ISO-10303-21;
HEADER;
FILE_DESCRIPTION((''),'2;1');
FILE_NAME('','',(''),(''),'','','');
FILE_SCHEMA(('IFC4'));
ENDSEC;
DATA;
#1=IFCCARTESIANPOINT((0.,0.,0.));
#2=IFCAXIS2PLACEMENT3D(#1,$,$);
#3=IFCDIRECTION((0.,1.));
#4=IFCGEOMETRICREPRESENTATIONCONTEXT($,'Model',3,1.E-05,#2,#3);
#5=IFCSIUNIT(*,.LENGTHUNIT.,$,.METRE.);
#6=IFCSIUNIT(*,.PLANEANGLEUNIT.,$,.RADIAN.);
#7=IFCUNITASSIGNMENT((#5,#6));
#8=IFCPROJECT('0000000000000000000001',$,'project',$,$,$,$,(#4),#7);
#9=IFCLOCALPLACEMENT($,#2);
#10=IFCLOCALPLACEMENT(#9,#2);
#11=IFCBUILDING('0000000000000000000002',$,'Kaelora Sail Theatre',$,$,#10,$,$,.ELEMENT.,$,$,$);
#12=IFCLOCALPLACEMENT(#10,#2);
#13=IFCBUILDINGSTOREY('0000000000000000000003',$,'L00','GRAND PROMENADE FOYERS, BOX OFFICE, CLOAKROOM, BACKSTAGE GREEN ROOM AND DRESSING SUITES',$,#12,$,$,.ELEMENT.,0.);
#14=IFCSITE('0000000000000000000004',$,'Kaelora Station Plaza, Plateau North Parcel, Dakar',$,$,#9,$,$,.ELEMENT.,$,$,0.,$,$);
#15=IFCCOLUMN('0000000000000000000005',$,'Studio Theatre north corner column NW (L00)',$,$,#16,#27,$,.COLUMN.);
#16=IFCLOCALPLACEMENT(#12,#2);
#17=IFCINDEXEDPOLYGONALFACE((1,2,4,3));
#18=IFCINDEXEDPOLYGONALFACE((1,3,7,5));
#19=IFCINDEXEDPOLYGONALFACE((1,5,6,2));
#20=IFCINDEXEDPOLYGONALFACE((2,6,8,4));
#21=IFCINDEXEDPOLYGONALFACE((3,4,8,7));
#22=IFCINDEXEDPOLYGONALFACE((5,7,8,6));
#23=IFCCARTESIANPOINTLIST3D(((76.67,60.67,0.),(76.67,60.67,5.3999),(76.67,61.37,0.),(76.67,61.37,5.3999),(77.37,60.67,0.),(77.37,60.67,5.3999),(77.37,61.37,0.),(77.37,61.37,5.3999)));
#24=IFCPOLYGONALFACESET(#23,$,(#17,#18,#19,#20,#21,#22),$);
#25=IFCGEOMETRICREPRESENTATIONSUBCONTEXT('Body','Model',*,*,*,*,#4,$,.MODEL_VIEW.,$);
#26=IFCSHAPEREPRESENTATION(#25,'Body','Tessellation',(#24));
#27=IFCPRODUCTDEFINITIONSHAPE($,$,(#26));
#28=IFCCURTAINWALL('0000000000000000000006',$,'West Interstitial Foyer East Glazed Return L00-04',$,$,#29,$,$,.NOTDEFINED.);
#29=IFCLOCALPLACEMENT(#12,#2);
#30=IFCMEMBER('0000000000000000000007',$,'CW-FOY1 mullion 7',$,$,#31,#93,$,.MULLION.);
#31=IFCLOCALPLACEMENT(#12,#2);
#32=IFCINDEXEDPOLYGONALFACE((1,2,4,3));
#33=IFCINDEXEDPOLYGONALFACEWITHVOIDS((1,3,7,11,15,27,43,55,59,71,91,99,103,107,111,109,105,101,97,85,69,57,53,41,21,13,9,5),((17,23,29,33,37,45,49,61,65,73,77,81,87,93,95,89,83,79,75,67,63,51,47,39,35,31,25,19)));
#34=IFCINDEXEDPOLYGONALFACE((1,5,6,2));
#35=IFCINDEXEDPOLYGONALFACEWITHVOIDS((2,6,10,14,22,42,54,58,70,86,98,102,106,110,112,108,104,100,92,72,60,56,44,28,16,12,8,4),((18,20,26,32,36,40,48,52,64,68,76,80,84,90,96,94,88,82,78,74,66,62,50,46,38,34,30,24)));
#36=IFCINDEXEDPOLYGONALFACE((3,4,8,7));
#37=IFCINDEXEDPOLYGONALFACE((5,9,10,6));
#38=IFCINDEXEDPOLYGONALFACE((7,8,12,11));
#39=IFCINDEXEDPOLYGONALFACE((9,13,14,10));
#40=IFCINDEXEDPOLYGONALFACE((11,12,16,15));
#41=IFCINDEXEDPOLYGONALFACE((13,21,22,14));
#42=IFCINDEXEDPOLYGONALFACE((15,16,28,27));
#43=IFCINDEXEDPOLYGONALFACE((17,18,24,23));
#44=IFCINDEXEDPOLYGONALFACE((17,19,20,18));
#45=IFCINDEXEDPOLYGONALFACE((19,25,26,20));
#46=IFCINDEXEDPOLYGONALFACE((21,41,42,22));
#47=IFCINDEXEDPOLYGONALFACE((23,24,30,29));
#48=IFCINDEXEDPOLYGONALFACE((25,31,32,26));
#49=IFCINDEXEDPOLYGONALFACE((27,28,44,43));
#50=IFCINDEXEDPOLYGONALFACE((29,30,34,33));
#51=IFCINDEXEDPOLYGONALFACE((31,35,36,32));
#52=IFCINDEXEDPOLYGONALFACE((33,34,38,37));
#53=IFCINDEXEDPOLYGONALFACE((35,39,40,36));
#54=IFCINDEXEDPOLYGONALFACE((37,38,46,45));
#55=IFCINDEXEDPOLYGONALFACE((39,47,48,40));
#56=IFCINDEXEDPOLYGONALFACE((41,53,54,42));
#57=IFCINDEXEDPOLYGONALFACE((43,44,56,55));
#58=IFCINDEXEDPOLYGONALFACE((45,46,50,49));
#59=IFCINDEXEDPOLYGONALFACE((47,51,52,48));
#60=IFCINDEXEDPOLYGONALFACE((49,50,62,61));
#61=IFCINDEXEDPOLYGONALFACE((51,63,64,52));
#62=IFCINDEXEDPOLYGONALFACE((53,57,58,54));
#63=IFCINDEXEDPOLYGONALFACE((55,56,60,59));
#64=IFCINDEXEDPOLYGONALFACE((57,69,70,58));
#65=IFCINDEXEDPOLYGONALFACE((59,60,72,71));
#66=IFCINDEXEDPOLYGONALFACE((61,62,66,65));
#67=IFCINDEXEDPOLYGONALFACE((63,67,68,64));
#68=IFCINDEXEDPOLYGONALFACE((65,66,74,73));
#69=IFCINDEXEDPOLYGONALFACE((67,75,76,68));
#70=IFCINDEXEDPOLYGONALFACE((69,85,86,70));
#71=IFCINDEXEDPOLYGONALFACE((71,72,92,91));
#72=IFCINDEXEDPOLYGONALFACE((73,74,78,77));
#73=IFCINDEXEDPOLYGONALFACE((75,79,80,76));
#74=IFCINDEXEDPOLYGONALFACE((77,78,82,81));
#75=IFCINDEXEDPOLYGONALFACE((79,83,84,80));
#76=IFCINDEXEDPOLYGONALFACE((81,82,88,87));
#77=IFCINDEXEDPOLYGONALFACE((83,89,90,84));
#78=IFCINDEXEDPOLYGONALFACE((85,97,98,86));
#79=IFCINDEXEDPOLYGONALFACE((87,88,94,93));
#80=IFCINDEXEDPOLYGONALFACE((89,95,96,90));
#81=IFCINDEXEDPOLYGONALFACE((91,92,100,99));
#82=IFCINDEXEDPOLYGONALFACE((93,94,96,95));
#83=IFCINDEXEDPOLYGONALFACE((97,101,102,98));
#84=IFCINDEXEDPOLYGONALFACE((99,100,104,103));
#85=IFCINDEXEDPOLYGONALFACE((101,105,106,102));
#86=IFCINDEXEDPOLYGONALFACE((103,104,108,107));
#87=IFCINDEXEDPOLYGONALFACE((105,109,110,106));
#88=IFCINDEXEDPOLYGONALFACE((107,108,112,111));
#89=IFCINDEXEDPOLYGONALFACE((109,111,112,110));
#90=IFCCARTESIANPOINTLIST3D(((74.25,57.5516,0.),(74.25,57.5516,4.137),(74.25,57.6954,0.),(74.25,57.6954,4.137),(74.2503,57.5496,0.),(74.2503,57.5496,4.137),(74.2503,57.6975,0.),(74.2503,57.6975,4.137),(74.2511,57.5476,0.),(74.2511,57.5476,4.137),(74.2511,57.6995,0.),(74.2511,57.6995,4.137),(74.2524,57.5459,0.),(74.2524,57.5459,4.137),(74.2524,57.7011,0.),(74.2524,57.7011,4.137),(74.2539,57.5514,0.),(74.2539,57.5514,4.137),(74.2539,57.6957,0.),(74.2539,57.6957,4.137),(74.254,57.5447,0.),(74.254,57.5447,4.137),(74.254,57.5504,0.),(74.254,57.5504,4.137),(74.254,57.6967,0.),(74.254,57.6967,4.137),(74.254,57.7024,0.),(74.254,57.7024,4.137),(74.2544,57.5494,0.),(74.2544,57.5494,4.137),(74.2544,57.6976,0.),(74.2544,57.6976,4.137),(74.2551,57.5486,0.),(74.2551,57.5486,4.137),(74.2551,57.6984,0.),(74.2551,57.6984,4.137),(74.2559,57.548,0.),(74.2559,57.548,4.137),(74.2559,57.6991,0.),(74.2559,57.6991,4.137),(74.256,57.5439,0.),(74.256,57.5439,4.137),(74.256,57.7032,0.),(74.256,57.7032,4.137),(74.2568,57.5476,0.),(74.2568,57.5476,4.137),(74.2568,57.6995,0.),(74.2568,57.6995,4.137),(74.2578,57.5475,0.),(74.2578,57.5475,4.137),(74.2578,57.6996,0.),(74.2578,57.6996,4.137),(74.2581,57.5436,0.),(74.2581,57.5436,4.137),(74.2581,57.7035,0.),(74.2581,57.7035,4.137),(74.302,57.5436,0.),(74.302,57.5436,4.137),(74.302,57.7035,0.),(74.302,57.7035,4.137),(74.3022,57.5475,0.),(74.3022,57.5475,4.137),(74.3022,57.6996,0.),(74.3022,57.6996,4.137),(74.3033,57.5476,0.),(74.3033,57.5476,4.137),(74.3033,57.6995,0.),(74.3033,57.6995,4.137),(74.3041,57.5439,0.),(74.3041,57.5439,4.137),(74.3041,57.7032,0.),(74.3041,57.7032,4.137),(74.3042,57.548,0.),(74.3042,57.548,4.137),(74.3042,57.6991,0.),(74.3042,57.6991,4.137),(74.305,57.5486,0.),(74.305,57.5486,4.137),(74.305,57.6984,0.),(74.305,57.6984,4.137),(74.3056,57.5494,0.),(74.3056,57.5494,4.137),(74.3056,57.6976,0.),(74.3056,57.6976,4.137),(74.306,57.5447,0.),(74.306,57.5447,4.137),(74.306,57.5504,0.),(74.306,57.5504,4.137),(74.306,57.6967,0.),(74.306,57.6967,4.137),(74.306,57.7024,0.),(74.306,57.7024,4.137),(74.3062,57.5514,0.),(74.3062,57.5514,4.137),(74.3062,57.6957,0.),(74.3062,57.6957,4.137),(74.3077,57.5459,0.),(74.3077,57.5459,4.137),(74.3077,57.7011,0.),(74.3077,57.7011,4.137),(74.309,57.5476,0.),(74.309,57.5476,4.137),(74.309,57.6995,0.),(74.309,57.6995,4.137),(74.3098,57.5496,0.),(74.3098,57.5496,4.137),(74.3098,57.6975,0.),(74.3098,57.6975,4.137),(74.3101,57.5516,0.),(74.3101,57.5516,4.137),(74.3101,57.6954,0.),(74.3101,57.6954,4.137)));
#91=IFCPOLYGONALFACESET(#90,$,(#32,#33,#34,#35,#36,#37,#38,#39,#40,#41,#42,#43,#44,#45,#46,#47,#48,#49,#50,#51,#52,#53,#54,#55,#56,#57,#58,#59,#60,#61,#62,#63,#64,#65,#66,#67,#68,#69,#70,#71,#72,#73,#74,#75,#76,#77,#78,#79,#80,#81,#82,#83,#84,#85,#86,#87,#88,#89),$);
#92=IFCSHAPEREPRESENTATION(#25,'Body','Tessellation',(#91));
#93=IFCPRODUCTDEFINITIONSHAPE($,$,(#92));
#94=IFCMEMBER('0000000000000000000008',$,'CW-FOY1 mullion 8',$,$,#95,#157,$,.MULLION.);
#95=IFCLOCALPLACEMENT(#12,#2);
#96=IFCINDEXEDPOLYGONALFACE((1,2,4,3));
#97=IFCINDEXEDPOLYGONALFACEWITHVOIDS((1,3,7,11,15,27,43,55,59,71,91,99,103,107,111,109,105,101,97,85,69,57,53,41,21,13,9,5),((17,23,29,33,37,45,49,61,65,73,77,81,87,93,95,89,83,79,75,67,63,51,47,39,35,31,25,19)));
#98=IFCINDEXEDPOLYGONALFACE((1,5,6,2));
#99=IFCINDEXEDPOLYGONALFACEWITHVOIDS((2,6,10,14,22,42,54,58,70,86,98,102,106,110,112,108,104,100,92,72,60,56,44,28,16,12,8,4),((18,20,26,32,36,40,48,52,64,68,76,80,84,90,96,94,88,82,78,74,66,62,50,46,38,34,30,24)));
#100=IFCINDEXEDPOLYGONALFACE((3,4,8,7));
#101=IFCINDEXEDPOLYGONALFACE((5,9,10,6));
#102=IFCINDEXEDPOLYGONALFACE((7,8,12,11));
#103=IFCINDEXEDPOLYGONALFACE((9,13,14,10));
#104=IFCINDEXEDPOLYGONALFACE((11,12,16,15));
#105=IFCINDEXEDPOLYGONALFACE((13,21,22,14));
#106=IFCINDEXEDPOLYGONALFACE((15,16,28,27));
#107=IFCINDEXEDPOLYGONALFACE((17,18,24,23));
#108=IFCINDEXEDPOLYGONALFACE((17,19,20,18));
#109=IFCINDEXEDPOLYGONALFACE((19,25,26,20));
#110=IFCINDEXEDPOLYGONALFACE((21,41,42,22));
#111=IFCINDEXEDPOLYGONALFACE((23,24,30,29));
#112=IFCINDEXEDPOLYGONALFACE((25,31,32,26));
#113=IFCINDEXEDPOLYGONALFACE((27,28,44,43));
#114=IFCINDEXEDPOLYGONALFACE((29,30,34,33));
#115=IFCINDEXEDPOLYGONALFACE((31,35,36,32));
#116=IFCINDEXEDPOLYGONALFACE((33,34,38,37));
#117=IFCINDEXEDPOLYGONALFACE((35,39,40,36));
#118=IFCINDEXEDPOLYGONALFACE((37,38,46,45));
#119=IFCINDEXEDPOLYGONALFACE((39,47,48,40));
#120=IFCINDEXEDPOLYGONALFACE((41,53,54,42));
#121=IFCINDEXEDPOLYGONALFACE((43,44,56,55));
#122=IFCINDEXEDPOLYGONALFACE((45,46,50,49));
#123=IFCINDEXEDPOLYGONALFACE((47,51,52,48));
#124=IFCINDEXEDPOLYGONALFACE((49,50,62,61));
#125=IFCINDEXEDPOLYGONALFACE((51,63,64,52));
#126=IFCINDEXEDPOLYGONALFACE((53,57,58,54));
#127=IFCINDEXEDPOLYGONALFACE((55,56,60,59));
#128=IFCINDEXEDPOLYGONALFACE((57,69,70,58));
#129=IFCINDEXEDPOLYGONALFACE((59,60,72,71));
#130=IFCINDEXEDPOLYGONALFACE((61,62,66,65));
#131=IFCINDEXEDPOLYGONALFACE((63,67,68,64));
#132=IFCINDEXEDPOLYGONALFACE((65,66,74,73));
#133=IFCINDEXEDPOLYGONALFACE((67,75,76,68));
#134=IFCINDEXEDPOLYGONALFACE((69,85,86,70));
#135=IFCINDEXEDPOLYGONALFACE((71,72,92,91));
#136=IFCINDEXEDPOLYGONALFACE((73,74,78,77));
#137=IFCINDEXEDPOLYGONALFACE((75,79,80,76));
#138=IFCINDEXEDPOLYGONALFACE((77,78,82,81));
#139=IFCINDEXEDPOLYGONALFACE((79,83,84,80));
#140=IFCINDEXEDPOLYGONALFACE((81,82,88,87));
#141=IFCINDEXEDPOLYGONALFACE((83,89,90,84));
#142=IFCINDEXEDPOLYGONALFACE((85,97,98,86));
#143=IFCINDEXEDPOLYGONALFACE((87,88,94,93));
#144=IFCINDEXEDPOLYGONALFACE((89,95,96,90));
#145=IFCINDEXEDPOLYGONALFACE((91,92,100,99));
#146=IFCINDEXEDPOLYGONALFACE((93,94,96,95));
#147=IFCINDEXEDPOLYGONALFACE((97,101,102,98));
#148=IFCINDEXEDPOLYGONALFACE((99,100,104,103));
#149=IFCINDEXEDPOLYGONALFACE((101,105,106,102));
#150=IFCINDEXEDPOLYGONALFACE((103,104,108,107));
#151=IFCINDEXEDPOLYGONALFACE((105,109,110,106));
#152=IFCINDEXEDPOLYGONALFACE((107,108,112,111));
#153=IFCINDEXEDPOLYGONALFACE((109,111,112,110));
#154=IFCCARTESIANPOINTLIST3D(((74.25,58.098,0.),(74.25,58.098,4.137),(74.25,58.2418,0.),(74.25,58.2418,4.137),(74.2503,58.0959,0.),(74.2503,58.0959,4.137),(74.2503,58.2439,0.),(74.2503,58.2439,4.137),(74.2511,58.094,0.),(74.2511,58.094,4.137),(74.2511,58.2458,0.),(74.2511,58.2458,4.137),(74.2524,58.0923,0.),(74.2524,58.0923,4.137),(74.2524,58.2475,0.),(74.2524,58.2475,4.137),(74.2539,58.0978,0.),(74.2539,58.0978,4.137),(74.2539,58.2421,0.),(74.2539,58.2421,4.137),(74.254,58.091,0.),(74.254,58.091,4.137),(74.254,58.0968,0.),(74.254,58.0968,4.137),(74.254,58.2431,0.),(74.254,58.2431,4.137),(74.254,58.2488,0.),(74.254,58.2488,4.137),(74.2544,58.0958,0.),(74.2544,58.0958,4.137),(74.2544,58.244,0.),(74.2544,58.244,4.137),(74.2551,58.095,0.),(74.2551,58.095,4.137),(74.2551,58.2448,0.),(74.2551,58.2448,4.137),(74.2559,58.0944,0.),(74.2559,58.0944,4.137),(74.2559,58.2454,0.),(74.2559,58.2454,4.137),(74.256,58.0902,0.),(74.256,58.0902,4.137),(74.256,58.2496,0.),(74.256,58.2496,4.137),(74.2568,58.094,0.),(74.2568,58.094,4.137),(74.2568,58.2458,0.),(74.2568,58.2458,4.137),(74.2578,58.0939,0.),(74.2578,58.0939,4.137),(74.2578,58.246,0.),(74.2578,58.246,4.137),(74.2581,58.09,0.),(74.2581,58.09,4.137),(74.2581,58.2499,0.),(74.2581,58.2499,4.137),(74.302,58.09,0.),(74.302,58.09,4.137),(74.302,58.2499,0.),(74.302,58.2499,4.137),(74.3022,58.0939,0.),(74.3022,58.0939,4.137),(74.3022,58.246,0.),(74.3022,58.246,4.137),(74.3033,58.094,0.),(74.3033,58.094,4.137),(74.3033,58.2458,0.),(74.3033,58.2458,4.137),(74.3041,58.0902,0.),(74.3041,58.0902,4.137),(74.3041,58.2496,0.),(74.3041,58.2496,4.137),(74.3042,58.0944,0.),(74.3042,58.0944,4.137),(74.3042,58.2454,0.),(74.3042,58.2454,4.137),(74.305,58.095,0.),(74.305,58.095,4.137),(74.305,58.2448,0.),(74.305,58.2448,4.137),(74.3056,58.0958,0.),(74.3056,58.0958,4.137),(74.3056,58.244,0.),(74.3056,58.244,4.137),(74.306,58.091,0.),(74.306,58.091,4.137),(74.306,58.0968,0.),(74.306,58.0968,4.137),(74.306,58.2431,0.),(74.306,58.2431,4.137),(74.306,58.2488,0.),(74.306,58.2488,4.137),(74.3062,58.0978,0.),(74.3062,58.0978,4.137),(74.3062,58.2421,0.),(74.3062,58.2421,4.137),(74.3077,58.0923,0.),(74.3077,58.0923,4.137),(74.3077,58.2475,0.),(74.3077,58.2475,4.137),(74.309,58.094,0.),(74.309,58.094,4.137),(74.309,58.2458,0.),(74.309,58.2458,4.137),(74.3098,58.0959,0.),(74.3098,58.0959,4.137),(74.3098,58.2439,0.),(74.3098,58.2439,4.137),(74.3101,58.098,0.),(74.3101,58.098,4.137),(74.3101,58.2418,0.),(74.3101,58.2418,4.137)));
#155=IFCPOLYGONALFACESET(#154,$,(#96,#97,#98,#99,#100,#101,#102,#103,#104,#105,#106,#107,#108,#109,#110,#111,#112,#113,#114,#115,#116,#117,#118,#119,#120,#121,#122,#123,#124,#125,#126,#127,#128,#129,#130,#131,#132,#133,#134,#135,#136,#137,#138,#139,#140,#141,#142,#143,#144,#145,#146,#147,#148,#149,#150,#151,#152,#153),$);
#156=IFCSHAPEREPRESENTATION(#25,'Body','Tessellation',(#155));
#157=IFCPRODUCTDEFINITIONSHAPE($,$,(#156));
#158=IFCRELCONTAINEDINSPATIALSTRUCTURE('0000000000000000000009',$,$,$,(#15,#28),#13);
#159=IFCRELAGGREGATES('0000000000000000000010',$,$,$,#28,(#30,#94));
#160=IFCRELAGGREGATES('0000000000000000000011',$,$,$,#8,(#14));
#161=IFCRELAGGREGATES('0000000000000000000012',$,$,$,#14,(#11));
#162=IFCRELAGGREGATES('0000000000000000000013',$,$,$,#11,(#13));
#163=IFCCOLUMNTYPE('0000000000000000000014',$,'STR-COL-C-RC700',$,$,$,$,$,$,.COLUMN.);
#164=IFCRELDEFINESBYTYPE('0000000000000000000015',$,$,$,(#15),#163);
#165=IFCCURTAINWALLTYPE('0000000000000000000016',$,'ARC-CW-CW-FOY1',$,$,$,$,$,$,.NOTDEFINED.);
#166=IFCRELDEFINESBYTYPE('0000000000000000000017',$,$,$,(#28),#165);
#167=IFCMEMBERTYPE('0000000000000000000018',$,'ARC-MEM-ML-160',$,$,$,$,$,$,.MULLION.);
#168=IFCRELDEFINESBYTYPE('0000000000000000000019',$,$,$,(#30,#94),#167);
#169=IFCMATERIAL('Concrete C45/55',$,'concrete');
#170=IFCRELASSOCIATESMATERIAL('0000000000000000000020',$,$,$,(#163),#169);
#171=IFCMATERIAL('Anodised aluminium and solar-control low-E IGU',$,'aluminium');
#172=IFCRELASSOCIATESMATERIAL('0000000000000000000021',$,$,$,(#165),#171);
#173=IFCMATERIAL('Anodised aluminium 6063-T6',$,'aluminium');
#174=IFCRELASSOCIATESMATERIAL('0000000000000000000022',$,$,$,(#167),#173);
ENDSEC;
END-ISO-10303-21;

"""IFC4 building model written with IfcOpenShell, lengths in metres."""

from ifc_helpers import new_model, si_unit, direction, frame, origin, origin_2d, place, context, subcontext, project, spatial, rectangle, hollow_rectangle, extrude, material, material_profile, profile_set, type_object, element, aggregate, save


model = new_model("IFC4")

# Units and contexts
model_context = context("Model", 3, precision=1e-05, world=origin(), true_north=direction((0.0, 1.0)))
body_context = subcontext(model_context, "Body", "Model", "MODEL_VIEW")
ifc_project = project(units=[si_unit("LENGTHUNIT", "METRE"), si_unit("PLANEANGLEUNIT", "RADIAN")], contexts=[model_context])

# Site, building, storey
site_placement = place(None, origin())
site = spatial("IfcSite", under=ifc_project, at=site_placement, Name="Kaelora Station Plaza, Plateau North Parcel, Dakar", CompositionType="ELEMENT", RefElevation=0.0)
building_placement = place(site_placement, origin())
building = spatial("IfcBuilding", under=site, at=building_placement, Name="Kaelora Sail Theatre", CompositionType="ELEMENT")
storey_placement = place(building_placement, origin())
storey = spatial("IfcBuildingStorey", under=building, at=storey_placement, Name="L00", Description="GRAND PROMENADE FOYERS, BOX OFFICE, CLOAKROOM, BACKSTAGE GREEN ROOM AND DRESSING SUITES", CompositionType="ELEMENT", Elevation=0.0)

# Column
ifc_material_1 = material(Name="Concrete C45/55", Category="concrete")
ifc_material_profile_1 = material_profile(ifc_material_1, rectangle(XDim=0.7, YDim=0.7, at=origin_2d()), Name="RC-COL 700x700")
ifc_profile_set_1 = profile_set([ifc_material_profile_1], Name="Concrete C45/55")
column_type = type_object("IfcColumnType", Name="STR-COL-C-RC700", PredefinedType="COLUMN", material=ifc_profile_set_1)
column_placement = place(storey_placement, frame((77.02, 61.02, 0.0), z_axis=(0.0, 0.0, 1.0), x_axis=(1.0, 0.0, 0.0)))
element("IfcColumn", 1, at=column_placement, inside=storey, type_object=column_type, Name="Studio Theatre north corner column NW (L00)", PredefinedType="COLUMN", context=body_context, shape_type="SweptSolid", body=[
    extrude(rectangle(XDim=0.7, YDim=0.7, at=origin_2d()), origin(), (0.0, 0.0, 1.0), 5.3999),
])

# Curtain wall, members
ifc_material_2 = material(Name="Anodised aluminium and solar-control low-E IGU", Category="aluminium")
curtain_wall_type = type_object("IfcCurtainWallType", Name="ARC-CW-CW-FOY1", PredefinedType="NOTDEFINED", material=ifc_material_2)
curtain_wall_placement = place(storey_placement, origin())
curtain_wall = element("IfcCurtainWall", 2, at=curtain_wall_placement, inside=storey, type_object=curtain_wall_type, Name="West Interstitial Foyer East Glazed Return L00-04", PredefinedType="NOTDEFINED")
ifc_material_3 = material(Name="Anodised aluminium 6063-T6", Category="aluminium")
ifc_material_profile_2 = material_profile(ifc_material_3, hollow_rectangle(XDim=0.0601, YDim=0.1599, WallThickness=0.0039, InnerFilletRadius=0.0039, OuterFilletRadius=0.0081, at=origin_2d()), Name="ALU-MULL 60x160x4")
ifc_profile_set_2 = profile_set([ifc_material_profile_2], Name="Anodised aluminium 6063-T6")
member_type_1 = type_object("IfcMemberType", Name="ARC-MEM-ML-160", PredefinedType="MULLION", material=ifc_profile_set_2)
member_1_placement = place(storey_placement, frame((74.28, 57.6235, 0.0), z_axis=(0.0, 0.0, 1.0), x_axis=(-1.0, 0.0, 0.0)))
member_1 = element("IfcMember", 3, at=member_1_placement, type_object=member_type_1, Name="CW-FOY1 mullion 7", PredefinedType="MULLION", context=body_context, shape_type="SweptSolid", body=[
    extrude(hollow_rectangle(XDim=0.0601, YDim=0.1599, WallThickness=0.0039, InnerFilletRadius=0.0039, OuterFilletRadius=0.0081, at=origin_2d()), origin(), (0.0, 0.0, 1.0), 4.137),
])
member_2_placement = place(storey_placement, frame((74.28, 58.1699, 0.0), z_axis=(0.0, 0.0, 1.0), x_axis=(-1.0, 0.0, 0.0)))
member_2 = element("IfcMember", 4, at=member_2_placement, type_object=member_type_1, Name="CW-FOY1 mullion 8", PredefinedType="MULLION", context=body_context, shape_type="SweptSolid", body=[
    extrude(hollow_rectangle(XDim=0.0601, YDim=0.1599, WallThickness=0.0039, InnerFilletRadius=0.0039, OuterFilletRadius=0.0081, at=origin_2d()), origin(), (0.0, 0.0, 1.0), 4.137),
])

aggregate(curtain_wall, [member_1, member_2])

save(model, "model.ifc")
